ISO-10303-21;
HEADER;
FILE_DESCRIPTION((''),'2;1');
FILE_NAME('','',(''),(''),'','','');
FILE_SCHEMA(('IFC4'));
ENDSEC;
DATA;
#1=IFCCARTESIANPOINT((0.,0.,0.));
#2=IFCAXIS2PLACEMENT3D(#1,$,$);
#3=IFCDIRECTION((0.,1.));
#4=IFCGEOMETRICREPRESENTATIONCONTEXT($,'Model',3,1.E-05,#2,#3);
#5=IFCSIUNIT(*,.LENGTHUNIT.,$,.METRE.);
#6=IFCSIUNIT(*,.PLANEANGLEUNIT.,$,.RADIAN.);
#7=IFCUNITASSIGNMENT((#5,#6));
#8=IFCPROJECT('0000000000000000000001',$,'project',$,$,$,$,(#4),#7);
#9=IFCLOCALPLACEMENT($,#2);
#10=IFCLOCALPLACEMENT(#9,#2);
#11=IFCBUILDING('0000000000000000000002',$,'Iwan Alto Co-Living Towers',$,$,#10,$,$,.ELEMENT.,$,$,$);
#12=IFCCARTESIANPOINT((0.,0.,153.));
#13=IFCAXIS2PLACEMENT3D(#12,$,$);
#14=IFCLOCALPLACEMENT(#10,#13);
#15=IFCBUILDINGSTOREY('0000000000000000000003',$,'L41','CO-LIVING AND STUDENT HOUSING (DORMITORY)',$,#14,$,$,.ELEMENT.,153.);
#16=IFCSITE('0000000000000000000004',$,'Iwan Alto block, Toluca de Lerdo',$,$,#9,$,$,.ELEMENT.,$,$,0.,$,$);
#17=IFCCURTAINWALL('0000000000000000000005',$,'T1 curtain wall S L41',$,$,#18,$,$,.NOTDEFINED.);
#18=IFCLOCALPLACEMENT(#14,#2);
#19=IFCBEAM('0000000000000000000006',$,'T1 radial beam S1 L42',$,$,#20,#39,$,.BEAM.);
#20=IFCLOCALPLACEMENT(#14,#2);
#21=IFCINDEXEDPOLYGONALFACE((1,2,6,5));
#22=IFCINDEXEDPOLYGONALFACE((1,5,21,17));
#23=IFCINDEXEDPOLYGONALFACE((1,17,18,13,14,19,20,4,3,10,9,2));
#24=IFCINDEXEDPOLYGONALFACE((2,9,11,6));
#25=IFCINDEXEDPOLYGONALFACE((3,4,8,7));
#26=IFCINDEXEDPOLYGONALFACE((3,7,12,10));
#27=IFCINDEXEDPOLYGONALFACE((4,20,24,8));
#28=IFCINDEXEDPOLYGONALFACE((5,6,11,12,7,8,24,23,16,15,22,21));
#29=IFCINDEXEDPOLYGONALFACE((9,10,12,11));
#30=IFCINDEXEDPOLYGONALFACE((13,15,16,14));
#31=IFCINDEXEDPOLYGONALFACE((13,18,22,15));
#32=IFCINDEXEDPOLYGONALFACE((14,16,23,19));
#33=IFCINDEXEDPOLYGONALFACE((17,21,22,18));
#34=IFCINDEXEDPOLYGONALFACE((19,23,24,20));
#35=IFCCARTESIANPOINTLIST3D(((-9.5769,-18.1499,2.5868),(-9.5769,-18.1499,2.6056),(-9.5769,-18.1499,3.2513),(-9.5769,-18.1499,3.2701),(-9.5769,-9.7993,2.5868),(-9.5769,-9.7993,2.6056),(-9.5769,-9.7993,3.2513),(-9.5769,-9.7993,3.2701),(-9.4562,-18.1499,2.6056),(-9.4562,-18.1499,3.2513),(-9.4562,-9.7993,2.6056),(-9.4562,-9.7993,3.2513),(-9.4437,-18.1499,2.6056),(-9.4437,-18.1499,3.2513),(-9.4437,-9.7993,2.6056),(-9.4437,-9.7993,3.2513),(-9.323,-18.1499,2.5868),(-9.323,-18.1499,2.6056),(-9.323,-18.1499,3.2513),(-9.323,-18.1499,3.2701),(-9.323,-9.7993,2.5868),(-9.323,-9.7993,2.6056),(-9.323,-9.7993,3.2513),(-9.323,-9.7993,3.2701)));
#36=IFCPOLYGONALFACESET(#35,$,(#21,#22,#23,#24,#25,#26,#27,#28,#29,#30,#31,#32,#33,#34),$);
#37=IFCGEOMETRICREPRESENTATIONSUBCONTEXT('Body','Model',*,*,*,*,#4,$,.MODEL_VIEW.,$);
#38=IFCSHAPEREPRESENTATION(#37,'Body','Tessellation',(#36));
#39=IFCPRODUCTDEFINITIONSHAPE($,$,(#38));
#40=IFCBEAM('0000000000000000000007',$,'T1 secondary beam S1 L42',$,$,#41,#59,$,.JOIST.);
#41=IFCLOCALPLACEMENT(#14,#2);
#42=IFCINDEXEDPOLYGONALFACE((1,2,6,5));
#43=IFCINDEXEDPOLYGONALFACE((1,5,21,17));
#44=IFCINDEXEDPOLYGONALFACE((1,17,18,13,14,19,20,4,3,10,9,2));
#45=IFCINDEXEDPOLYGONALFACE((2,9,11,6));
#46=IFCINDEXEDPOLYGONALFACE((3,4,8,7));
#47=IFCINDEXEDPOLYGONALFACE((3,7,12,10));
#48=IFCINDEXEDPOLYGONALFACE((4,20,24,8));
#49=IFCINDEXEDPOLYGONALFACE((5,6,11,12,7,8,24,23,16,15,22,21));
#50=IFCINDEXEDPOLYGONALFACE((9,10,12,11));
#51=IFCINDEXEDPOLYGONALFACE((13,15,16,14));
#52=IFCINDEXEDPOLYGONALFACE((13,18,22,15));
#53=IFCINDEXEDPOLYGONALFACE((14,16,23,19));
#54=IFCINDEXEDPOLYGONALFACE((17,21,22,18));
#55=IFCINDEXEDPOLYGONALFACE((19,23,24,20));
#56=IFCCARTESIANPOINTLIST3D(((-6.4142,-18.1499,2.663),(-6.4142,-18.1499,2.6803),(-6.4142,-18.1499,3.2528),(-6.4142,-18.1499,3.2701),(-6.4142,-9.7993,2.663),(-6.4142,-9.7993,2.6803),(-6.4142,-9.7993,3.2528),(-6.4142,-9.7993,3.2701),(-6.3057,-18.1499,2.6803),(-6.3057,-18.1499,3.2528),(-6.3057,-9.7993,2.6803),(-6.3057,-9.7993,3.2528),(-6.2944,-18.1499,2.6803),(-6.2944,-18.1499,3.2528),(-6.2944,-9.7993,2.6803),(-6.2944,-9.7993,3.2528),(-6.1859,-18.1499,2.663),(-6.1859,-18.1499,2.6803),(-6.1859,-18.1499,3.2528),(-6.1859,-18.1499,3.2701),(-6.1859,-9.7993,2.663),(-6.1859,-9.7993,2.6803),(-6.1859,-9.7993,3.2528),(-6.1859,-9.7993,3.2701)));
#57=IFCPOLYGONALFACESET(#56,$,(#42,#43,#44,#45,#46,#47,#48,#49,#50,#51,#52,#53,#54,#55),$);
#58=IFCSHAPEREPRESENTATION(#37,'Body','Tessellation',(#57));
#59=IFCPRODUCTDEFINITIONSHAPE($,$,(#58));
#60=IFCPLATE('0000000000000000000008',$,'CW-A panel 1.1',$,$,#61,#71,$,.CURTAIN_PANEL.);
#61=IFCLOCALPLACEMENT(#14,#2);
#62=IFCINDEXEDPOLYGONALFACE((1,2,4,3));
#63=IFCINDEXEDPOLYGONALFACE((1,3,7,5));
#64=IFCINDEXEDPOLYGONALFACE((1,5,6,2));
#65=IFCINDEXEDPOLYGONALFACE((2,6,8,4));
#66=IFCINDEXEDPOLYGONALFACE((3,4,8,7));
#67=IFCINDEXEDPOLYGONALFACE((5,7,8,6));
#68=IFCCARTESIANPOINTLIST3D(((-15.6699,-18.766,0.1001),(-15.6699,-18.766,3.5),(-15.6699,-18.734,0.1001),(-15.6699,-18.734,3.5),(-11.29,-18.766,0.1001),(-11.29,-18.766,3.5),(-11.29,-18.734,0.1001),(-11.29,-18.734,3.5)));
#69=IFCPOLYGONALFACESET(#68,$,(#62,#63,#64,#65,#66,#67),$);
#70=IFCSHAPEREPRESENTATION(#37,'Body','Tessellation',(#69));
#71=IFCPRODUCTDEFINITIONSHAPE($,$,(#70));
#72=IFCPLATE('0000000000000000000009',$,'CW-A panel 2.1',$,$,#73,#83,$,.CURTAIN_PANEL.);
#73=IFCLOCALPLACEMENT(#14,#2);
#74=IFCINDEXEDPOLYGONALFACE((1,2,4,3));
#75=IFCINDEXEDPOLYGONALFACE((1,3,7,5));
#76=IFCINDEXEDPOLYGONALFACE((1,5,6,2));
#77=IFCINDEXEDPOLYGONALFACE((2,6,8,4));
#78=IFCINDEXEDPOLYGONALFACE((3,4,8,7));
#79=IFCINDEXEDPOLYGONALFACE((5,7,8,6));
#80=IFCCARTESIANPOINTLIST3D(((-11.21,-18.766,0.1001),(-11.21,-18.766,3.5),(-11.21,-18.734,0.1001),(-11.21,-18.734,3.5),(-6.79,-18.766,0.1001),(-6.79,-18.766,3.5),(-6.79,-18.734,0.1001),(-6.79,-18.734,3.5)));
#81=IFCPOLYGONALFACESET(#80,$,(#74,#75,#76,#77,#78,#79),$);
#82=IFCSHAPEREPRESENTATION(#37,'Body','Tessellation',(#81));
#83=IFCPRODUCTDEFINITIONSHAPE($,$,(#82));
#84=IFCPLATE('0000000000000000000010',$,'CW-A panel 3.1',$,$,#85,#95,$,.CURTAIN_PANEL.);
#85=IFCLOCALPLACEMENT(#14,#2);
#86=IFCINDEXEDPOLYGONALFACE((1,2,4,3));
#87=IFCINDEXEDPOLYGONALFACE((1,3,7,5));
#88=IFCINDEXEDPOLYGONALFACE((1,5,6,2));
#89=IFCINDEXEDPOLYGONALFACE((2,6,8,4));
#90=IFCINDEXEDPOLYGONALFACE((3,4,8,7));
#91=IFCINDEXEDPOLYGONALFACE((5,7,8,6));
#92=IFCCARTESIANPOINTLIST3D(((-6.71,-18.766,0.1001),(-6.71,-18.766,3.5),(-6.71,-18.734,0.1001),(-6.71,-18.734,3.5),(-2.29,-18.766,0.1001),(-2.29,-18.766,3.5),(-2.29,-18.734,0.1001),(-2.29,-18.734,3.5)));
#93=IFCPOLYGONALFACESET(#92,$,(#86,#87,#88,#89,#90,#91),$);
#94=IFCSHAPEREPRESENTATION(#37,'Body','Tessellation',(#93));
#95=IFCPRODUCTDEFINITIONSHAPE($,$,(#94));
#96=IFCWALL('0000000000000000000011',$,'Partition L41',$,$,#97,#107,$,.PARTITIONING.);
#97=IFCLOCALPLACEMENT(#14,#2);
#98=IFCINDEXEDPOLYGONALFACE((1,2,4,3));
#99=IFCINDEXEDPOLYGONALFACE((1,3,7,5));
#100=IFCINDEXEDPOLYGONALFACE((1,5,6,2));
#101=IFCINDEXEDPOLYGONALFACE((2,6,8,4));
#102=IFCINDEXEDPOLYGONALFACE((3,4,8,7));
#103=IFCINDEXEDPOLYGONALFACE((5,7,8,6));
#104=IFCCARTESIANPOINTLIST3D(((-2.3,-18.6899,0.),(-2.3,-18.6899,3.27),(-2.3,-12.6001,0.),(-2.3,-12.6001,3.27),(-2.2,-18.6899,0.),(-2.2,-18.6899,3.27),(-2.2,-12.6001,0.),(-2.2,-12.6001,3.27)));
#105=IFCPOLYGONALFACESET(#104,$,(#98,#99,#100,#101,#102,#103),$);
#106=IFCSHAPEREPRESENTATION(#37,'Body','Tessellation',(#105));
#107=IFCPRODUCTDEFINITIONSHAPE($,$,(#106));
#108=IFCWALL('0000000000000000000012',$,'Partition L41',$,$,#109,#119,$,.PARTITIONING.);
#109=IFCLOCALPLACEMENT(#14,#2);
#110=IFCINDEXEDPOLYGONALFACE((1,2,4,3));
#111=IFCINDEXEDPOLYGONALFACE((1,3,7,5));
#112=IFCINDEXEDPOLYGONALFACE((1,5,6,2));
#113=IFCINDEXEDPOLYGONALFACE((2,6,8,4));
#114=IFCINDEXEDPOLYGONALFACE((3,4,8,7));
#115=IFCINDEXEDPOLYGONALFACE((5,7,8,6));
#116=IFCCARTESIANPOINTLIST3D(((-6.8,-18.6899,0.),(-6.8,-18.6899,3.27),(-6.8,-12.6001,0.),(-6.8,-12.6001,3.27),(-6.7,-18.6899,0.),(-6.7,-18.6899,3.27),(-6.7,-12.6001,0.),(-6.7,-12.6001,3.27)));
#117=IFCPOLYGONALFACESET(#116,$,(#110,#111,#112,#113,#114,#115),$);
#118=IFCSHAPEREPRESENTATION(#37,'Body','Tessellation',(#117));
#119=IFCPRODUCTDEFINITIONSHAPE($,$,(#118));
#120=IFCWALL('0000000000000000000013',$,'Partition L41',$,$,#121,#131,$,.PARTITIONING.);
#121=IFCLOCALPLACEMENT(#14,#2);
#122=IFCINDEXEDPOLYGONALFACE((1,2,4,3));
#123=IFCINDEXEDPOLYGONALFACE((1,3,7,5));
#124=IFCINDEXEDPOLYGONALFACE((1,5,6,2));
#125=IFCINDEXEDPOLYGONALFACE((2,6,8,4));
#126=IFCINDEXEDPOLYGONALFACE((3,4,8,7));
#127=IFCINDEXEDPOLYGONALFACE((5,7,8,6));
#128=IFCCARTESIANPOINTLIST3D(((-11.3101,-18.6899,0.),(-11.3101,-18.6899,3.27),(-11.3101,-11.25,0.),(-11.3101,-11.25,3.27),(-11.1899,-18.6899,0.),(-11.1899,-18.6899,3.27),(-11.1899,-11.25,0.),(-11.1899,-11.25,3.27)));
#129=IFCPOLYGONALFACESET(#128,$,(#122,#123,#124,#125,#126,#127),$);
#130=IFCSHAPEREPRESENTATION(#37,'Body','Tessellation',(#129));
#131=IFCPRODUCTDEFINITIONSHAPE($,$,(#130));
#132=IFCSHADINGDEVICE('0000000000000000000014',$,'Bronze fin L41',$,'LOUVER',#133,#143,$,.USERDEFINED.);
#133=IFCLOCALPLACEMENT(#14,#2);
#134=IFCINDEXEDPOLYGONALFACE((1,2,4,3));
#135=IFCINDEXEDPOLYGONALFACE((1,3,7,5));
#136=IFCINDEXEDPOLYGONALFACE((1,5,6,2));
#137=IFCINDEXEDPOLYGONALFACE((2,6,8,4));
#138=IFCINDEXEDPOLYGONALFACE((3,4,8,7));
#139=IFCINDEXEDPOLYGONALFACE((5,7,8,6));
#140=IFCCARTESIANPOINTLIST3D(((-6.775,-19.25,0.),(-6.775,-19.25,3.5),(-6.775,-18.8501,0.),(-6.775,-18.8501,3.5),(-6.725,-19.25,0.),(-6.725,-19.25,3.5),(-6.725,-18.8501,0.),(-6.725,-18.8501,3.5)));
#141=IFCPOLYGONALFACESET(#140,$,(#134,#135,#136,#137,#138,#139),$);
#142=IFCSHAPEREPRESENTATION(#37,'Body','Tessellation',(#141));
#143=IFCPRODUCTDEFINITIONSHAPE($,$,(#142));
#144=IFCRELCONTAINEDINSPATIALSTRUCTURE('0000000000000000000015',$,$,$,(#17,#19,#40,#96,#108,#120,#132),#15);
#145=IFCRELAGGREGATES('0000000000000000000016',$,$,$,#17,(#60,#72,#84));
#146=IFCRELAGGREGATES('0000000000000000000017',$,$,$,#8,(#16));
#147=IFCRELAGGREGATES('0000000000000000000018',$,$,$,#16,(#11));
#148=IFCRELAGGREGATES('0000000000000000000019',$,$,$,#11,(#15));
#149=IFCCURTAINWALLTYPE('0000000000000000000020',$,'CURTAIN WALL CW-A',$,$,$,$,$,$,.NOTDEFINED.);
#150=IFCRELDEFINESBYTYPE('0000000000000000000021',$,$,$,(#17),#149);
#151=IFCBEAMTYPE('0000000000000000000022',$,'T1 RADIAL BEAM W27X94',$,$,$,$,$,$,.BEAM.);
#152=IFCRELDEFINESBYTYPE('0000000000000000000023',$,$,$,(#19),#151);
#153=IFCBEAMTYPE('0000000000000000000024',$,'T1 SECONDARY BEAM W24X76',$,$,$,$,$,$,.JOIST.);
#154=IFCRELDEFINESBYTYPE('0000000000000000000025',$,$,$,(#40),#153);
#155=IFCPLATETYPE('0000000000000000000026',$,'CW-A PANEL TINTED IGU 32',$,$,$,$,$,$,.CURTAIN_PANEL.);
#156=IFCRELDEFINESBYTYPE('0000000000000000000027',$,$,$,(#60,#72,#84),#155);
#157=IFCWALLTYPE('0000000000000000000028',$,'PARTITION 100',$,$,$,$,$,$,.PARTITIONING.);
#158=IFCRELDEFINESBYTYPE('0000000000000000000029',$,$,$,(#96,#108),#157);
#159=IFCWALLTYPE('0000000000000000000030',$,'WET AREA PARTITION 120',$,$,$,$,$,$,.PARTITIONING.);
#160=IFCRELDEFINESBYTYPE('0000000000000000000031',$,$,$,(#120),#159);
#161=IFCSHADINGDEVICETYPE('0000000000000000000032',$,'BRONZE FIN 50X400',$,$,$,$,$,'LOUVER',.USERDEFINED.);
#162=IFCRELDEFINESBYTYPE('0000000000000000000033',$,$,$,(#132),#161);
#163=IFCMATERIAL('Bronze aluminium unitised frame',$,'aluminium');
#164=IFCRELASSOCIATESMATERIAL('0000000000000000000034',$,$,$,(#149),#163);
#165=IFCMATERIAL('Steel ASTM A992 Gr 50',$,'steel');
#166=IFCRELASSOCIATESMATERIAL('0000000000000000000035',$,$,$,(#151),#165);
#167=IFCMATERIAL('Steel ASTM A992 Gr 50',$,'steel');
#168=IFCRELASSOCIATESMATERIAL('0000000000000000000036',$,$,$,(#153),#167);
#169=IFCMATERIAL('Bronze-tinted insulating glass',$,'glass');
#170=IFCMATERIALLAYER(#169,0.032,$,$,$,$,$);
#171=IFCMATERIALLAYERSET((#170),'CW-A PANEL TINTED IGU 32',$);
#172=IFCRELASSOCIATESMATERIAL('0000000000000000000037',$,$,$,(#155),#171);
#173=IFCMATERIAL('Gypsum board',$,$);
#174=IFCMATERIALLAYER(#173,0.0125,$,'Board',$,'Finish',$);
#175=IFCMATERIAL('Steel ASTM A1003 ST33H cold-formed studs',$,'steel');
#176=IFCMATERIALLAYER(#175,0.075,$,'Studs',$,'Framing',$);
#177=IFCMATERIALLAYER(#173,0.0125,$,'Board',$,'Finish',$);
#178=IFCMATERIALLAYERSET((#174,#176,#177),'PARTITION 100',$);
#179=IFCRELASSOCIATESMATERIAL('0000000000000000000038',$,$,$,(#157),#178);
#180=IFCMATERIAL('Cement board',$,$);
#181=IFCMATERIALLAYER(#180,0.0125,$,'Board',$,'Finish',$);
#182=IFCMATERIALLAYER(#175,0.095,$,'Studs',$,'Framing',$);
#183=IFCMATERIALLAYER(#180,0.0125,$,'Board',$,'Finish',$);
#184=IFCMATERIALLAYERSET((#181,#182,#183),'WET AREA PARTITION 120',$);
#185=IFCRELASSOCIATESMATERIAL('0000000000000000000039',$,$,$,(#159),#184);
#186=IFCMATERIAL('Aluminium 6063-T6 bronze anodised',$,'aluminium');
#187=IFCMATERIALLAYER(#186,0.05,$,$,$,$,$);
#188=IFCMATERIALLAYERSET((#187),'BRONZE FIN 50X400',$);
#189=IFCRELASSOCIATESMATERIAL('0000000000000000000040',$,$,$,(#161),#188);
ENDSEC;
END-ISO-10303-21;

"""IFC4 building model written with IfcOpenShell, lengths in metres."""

from ifc_helpers import new_model, si_unit, direction, frame, frame_2d, origin, origin_2d, place, context, subcontext, project, spatial, rectangle, i_section, extrude, material, layer, layer_set, material_profile, profile_set, type_object, element, aggregate, save


model = new_model("IFC4")

# Units and contexts
model_context = context("Model", 3, precision=1e-05, world=origin(), true_north=direction((0.0, 1.0)))
body_context = subcontext(model_context, "Body", "Model", "MODEL_VIEW")
ifc_project = project(units=[si_unit("LENGTHUNIT", "METRE"), si_unit("PLANEANGLEUNIT", "RADIAN")], contexts=[model_context])

# Site, building, storey
site_placement = place(None, origin())
site = spatial("IfcSite", under=ifc_project, at=site_placement, Name="Iwan Alto block, Toluca de Lerdo", CompositionType="ELEMENT", RefElevation=0.0)
building_placement = place(site_placement, origin())
building = spatial("IfcBuilding", under=site, at=building_placement, Name="Iwan Alto Co-Living Towers", CompositionType="ELEMENT")
storey_placement = place(building_placement, frame((0.0, 0.0, 153.0)))
storey = spatial("IfcBuildingStorey", under=building, at=storey_placement, Name="L41", Description="CO-LIVING AND STUDENT HOUSING (DORMITORY)", CompositionType="ELEMENT", Elevation=153.0)

# Curtain wall
ifc_material_1 = material(Name="Bronze aluminium unitised frame", Category="aluminium")
curtain_wall_type = type_object("IfcCurtainWallType", Name="CURTAIN WALL CW-A", PredefinedType="NOTDEFINED", material=ifc_material_1)
curtain_wall_placement = place(storey_placement, origin())
curtain_wall = element("IfcCurtainWall", 1, at=curtain_wall_placement, inside=storey, type_object=curtain_wall_type, Name="T1 curtain wall S L41", PredefinedType="NOTDEFINED")

# Beams
ifc_material_2 = material(Name="Steel ASTM A992 Gr 50", Category="steel")
ifc_material_profile_1 = material_profile(ifc_material_2, i_section(OverallWidth=0.2539, OverallDepth=0.6833, WebThickness=0.0125, FlangeThickness=0.0188, at=origin_2d()), Name="W27X94")
ifc_profile_set_1 = profile_set([ifc_material_profile_1], Name="Steel ASTM A992 Gr 50")
beam_type_1 = type_object("IfcBeamType", Name="T1 RADIAL BEAM W27X94", PredefinedType="BEAM", material=ifc_profile_set_1)
beam_1_placement = place(storey_placement, frame((-9.45, -18.1499, 2.9285), z_axis=(0.0, 1.0, 0.0), x_axis=(-1.0, 0.0, 0.0)))
element("IfcBeam", 2, at=beam_1_placement, inside=storey, type_object=beam_type_1, Name="T1 radial beam S1 L42", PredefinedType="BEAM", context=body_context, shape_type="SweptSolid", body=[
    extrude(i_section(OverallWidth=0.2539, OverallDepth=0.6833, WebThickness=0.0125, FlangeThickness=0.0188, at=origin_2d()), origin(), (0.0, 0.0, 1.0), 8.3506),
])
ifc_material_3 = material(Name="Steel ASTM A992 Gr 50", Category="steel")
ifc_material_profile_2 = material_profile(ifc_material_3, i_section(OverallWidth=0.2283, OverallDepth=0.6072, WebThickness=0.0112, FlangeThickness=0.0173, at=origin_2d()), Name="W24X76")
ifc_profile_set_2 = profile_set([ifc_material_profile_2], Name="Steel ASTM A992 Gr 50")
beam_type_2 = type_object("IfcBeamType", Name="T1 SECONDARY BEAM W24X76", PredefinedType="JOIST", material=ifc_profile_set_2)
beam_2_placement = place(storey_placement, frame((-6.3, -18.1499, 2.9666), z_axis=(0.0, 1.0, 0.0), x_axis=(-1.0, 0.0, 0.0)))
element("IfcBeam", 3, at=beam_2_placement, inside=storey, type_object=beam_type_2, Name="T1 secondary beam S1 L42", PredefinedType="JOIST", context=body_context, shape_type="SweptSolid", body=[
    extrude(i_section(OverallWidth=0.2283, OverallDepth=0.6072, WebThickness=0.0112, FlangeThickness=0.0173, at=origin_2d()), origin(), (0.0, 0.0, 1.0), 8.3506),
])

# Plates
ifc_material_4 = material(Name="Bronze-tinted insulating glass", Category="glass")
ifc_layer_1 = layer(ifc_material_4, 0.032)
ifc_layer_set_1 = layer_set([ifc_layer_1], Name="CW-A PANEL TINTED IGU 32")
plate_type = type_object("IfcPlateType", Name="CW-A PANEL TINTED IGU 32", PredefinedType="CURTAIN_PANEL", material=ifc_layer_set_1)
plate_1_placement = place(storey_placement, frame((-13.48, -18.75, 0.1001), z_axis=(0.0, 0.0, 1.0), x_axis=(1.0, 0.0, 0.0)))
plate_1 = element("IfcPlate", 4, at=plate_1_placement, type_object=plate_type, Name="CW-A panel 1.1", PredefinedType="CURTAIN_PANEL", context=body_context, shape_type="SweptSolid", body=[
    extrude(rectangle(XDim=4.3799, YDim=0.032, at=origin_2d()), origin(), (0.0, 0.0, 1.0), 3.3999),
])
plate_2_placement = place(storey_placement, frame((-9.0, -18.75, 0.1001), z_axis=(0.0, 0.0, 1.0), x_axis=(1.0, 0.0, 0.0)))
plate_2 = element("IfcPlate", 5, at=plate_2_placement, type_object=plate_type, Name="CW-A panel 2.1", PredefinedType="CURTAIN_PANEL", context=body_context, shape_type="SweptSolid", body=[
    extrude(rectangle(XDim=4.4199, YDim=0.032, at=origin_2d()), origin(), (0.0, 0.0, 1.0), 3.3999),
])
plate_3_placement = place(storey_placement, frame((-4.5, -18.75, 0.1001), z_axis=(0.0, 0.0, 1.0), x_axis=(1.0, 0.0, 0.0)))
plate_3 = element("IfcPlate", 6, at=plate_3_placement, type_object=plate_type, Name="CW-A panel 3.1", PredefinedType="CURTAIN_PANEL", context=body_context, shape_type="SweptSolid", body=[
    extrude(rectangle(XDim=4.4199, YDim=0.032, at=origin_2d()), origin(), (0.0, 0.0, 1.0), 3.3999),
])
aggregate(curtain_wall, [plate_1, plate_2, plate_3])

# Walls
ifc_material_5 = material(Name="Gypsum board")
ifc_layer_2 = layer(ifc_material_5, 0.0125, Name="Board", Category="Finish")
ifc_material_6 = material(Name="Steel ASTM A1003 ST33H cold-formed studs", Category="steel")
ifc_layer_3 = layer(ifc_material_6, 0.075, Name="Studs", Category="Framing")
ifc_layer_4 = layer(ifc_material_5, 0.0125, Name="Board", Category="Finish")
ifc_layer_set_2 = layer_set([ifc_layer_2, ifc_layer_3, ifc_layer_4], Name="PARTITION 100")
wall_type_1 = type_object("IfcWallType", Name="PARTITION 100", PredefinedType="PARTITIONING", material=ifc_layer_set_2)
for number, where, z_axis, x_axis, name in (
    (7, (-2.25, -18.6899, 0.0), (0.0, 0.0, 1.0), (0.0, 1.0, 0.0), "Partition L41"),
    (8, (-6.75, -18.6899, 0.0), (0.0, 0.0, 1.0), (0.0, 1.0, 0.0), "Partition L41"),
):
    element("IfcWall", number, at=place(storey_placement, frame(where, z_axis=z_axis, x_axis=x_axis)), inside=storey, type_object=wall_type_1, Name=name, PredefinedType="PARTITIONING", context=body_context, shape_type="SweptSolid", body=[
        extrude(rectangle(XDim=6.0898, YDim=0.1001, at=frame_2d((3.0449, 0.0))), origin(), (0.0, 0.0, 1.0), 3.27),
    ])
ifc_material_7 = material(Name="Cement board")
ifc_layer_5 = layer(ifc_material_7, 0.0125, Name="Board", Category="Finish")
ifc_layer_6 = layer(ifc_material_6, 0.095, Name="Studs", Category="Framing")
ifc_layer_7 = layer(ifc_material_7, 0.0125, Name="Board", Category="Finish")
ifc_layer_set_3 = layer_set([ifc_layer_5, ifc_layer_6, ifc_layer_7], Name="WET AREA PARTITION 120")
wall_type_2 = type_object("IfcWallType", Name="WET AREA PARTITION 120", PredefinedType="PARTITIONING", material=ifc_layer_set_3)
wall_placement = place(storey_placement, frame((-11.25, -18.6899, 0.0), z_axis=(0.0, 0.0, 1.0), x_axis=(0.0, 1.0, 0.0)))
element("IfcWall", 9, at=wall_placement, inside=storey, type_object=wall_type_2, Name="Partition L41", PredefinedType="PARTITIONING", context=body_context, shape_type="SweptSolid", body=[
    extrude(rectangle(XDim=7.4399, YDim=0.1201, at=frame_2d((3.72, 0.0))), origin(), (0.0, 0.0, 1.0), 3.27),
])

# Shading device
ifc_material_8 = material(Name="Aluminium 6063-T6 bronze anodised", Category="aluminium")
ifc_layer_8 = layer(ifc_material_8, 0.05)
ifc_layer_set_4 = layer_set([ifc_layer_8], Name="BRONZE FIN 50X400")
shading_device_type = type_object("IfcShadingDeviceType", Name="BRONZE FIN 50X400", ElementType="LOUVER", PredefinedType="USERDEFINED", material=ifc_layer_set_4)
shading_device_placement = place(storey_placement, frame((-6.75, -19.05, 0.0), z_axis=(0.0, 0.0, 1.0), x_axis=(1.0, 0.0, 0.0)))
element("IfcShadingDevice", 10, at=shading_device_placement, inside=storey, type_object=shading_device_type, Name="Bronze fin L41", ObjectType="LOUVER", PredefinedType="USERDEFINED", context=body_context, shape_type="SweptSolid", body=[
    extrude(rectangle(XDim=0.05, YDim=0.3999, at=origin_2d()), origin(), (0.0, 0.0, 1.0), 3.5),
])

save(model, "model.ifc")
